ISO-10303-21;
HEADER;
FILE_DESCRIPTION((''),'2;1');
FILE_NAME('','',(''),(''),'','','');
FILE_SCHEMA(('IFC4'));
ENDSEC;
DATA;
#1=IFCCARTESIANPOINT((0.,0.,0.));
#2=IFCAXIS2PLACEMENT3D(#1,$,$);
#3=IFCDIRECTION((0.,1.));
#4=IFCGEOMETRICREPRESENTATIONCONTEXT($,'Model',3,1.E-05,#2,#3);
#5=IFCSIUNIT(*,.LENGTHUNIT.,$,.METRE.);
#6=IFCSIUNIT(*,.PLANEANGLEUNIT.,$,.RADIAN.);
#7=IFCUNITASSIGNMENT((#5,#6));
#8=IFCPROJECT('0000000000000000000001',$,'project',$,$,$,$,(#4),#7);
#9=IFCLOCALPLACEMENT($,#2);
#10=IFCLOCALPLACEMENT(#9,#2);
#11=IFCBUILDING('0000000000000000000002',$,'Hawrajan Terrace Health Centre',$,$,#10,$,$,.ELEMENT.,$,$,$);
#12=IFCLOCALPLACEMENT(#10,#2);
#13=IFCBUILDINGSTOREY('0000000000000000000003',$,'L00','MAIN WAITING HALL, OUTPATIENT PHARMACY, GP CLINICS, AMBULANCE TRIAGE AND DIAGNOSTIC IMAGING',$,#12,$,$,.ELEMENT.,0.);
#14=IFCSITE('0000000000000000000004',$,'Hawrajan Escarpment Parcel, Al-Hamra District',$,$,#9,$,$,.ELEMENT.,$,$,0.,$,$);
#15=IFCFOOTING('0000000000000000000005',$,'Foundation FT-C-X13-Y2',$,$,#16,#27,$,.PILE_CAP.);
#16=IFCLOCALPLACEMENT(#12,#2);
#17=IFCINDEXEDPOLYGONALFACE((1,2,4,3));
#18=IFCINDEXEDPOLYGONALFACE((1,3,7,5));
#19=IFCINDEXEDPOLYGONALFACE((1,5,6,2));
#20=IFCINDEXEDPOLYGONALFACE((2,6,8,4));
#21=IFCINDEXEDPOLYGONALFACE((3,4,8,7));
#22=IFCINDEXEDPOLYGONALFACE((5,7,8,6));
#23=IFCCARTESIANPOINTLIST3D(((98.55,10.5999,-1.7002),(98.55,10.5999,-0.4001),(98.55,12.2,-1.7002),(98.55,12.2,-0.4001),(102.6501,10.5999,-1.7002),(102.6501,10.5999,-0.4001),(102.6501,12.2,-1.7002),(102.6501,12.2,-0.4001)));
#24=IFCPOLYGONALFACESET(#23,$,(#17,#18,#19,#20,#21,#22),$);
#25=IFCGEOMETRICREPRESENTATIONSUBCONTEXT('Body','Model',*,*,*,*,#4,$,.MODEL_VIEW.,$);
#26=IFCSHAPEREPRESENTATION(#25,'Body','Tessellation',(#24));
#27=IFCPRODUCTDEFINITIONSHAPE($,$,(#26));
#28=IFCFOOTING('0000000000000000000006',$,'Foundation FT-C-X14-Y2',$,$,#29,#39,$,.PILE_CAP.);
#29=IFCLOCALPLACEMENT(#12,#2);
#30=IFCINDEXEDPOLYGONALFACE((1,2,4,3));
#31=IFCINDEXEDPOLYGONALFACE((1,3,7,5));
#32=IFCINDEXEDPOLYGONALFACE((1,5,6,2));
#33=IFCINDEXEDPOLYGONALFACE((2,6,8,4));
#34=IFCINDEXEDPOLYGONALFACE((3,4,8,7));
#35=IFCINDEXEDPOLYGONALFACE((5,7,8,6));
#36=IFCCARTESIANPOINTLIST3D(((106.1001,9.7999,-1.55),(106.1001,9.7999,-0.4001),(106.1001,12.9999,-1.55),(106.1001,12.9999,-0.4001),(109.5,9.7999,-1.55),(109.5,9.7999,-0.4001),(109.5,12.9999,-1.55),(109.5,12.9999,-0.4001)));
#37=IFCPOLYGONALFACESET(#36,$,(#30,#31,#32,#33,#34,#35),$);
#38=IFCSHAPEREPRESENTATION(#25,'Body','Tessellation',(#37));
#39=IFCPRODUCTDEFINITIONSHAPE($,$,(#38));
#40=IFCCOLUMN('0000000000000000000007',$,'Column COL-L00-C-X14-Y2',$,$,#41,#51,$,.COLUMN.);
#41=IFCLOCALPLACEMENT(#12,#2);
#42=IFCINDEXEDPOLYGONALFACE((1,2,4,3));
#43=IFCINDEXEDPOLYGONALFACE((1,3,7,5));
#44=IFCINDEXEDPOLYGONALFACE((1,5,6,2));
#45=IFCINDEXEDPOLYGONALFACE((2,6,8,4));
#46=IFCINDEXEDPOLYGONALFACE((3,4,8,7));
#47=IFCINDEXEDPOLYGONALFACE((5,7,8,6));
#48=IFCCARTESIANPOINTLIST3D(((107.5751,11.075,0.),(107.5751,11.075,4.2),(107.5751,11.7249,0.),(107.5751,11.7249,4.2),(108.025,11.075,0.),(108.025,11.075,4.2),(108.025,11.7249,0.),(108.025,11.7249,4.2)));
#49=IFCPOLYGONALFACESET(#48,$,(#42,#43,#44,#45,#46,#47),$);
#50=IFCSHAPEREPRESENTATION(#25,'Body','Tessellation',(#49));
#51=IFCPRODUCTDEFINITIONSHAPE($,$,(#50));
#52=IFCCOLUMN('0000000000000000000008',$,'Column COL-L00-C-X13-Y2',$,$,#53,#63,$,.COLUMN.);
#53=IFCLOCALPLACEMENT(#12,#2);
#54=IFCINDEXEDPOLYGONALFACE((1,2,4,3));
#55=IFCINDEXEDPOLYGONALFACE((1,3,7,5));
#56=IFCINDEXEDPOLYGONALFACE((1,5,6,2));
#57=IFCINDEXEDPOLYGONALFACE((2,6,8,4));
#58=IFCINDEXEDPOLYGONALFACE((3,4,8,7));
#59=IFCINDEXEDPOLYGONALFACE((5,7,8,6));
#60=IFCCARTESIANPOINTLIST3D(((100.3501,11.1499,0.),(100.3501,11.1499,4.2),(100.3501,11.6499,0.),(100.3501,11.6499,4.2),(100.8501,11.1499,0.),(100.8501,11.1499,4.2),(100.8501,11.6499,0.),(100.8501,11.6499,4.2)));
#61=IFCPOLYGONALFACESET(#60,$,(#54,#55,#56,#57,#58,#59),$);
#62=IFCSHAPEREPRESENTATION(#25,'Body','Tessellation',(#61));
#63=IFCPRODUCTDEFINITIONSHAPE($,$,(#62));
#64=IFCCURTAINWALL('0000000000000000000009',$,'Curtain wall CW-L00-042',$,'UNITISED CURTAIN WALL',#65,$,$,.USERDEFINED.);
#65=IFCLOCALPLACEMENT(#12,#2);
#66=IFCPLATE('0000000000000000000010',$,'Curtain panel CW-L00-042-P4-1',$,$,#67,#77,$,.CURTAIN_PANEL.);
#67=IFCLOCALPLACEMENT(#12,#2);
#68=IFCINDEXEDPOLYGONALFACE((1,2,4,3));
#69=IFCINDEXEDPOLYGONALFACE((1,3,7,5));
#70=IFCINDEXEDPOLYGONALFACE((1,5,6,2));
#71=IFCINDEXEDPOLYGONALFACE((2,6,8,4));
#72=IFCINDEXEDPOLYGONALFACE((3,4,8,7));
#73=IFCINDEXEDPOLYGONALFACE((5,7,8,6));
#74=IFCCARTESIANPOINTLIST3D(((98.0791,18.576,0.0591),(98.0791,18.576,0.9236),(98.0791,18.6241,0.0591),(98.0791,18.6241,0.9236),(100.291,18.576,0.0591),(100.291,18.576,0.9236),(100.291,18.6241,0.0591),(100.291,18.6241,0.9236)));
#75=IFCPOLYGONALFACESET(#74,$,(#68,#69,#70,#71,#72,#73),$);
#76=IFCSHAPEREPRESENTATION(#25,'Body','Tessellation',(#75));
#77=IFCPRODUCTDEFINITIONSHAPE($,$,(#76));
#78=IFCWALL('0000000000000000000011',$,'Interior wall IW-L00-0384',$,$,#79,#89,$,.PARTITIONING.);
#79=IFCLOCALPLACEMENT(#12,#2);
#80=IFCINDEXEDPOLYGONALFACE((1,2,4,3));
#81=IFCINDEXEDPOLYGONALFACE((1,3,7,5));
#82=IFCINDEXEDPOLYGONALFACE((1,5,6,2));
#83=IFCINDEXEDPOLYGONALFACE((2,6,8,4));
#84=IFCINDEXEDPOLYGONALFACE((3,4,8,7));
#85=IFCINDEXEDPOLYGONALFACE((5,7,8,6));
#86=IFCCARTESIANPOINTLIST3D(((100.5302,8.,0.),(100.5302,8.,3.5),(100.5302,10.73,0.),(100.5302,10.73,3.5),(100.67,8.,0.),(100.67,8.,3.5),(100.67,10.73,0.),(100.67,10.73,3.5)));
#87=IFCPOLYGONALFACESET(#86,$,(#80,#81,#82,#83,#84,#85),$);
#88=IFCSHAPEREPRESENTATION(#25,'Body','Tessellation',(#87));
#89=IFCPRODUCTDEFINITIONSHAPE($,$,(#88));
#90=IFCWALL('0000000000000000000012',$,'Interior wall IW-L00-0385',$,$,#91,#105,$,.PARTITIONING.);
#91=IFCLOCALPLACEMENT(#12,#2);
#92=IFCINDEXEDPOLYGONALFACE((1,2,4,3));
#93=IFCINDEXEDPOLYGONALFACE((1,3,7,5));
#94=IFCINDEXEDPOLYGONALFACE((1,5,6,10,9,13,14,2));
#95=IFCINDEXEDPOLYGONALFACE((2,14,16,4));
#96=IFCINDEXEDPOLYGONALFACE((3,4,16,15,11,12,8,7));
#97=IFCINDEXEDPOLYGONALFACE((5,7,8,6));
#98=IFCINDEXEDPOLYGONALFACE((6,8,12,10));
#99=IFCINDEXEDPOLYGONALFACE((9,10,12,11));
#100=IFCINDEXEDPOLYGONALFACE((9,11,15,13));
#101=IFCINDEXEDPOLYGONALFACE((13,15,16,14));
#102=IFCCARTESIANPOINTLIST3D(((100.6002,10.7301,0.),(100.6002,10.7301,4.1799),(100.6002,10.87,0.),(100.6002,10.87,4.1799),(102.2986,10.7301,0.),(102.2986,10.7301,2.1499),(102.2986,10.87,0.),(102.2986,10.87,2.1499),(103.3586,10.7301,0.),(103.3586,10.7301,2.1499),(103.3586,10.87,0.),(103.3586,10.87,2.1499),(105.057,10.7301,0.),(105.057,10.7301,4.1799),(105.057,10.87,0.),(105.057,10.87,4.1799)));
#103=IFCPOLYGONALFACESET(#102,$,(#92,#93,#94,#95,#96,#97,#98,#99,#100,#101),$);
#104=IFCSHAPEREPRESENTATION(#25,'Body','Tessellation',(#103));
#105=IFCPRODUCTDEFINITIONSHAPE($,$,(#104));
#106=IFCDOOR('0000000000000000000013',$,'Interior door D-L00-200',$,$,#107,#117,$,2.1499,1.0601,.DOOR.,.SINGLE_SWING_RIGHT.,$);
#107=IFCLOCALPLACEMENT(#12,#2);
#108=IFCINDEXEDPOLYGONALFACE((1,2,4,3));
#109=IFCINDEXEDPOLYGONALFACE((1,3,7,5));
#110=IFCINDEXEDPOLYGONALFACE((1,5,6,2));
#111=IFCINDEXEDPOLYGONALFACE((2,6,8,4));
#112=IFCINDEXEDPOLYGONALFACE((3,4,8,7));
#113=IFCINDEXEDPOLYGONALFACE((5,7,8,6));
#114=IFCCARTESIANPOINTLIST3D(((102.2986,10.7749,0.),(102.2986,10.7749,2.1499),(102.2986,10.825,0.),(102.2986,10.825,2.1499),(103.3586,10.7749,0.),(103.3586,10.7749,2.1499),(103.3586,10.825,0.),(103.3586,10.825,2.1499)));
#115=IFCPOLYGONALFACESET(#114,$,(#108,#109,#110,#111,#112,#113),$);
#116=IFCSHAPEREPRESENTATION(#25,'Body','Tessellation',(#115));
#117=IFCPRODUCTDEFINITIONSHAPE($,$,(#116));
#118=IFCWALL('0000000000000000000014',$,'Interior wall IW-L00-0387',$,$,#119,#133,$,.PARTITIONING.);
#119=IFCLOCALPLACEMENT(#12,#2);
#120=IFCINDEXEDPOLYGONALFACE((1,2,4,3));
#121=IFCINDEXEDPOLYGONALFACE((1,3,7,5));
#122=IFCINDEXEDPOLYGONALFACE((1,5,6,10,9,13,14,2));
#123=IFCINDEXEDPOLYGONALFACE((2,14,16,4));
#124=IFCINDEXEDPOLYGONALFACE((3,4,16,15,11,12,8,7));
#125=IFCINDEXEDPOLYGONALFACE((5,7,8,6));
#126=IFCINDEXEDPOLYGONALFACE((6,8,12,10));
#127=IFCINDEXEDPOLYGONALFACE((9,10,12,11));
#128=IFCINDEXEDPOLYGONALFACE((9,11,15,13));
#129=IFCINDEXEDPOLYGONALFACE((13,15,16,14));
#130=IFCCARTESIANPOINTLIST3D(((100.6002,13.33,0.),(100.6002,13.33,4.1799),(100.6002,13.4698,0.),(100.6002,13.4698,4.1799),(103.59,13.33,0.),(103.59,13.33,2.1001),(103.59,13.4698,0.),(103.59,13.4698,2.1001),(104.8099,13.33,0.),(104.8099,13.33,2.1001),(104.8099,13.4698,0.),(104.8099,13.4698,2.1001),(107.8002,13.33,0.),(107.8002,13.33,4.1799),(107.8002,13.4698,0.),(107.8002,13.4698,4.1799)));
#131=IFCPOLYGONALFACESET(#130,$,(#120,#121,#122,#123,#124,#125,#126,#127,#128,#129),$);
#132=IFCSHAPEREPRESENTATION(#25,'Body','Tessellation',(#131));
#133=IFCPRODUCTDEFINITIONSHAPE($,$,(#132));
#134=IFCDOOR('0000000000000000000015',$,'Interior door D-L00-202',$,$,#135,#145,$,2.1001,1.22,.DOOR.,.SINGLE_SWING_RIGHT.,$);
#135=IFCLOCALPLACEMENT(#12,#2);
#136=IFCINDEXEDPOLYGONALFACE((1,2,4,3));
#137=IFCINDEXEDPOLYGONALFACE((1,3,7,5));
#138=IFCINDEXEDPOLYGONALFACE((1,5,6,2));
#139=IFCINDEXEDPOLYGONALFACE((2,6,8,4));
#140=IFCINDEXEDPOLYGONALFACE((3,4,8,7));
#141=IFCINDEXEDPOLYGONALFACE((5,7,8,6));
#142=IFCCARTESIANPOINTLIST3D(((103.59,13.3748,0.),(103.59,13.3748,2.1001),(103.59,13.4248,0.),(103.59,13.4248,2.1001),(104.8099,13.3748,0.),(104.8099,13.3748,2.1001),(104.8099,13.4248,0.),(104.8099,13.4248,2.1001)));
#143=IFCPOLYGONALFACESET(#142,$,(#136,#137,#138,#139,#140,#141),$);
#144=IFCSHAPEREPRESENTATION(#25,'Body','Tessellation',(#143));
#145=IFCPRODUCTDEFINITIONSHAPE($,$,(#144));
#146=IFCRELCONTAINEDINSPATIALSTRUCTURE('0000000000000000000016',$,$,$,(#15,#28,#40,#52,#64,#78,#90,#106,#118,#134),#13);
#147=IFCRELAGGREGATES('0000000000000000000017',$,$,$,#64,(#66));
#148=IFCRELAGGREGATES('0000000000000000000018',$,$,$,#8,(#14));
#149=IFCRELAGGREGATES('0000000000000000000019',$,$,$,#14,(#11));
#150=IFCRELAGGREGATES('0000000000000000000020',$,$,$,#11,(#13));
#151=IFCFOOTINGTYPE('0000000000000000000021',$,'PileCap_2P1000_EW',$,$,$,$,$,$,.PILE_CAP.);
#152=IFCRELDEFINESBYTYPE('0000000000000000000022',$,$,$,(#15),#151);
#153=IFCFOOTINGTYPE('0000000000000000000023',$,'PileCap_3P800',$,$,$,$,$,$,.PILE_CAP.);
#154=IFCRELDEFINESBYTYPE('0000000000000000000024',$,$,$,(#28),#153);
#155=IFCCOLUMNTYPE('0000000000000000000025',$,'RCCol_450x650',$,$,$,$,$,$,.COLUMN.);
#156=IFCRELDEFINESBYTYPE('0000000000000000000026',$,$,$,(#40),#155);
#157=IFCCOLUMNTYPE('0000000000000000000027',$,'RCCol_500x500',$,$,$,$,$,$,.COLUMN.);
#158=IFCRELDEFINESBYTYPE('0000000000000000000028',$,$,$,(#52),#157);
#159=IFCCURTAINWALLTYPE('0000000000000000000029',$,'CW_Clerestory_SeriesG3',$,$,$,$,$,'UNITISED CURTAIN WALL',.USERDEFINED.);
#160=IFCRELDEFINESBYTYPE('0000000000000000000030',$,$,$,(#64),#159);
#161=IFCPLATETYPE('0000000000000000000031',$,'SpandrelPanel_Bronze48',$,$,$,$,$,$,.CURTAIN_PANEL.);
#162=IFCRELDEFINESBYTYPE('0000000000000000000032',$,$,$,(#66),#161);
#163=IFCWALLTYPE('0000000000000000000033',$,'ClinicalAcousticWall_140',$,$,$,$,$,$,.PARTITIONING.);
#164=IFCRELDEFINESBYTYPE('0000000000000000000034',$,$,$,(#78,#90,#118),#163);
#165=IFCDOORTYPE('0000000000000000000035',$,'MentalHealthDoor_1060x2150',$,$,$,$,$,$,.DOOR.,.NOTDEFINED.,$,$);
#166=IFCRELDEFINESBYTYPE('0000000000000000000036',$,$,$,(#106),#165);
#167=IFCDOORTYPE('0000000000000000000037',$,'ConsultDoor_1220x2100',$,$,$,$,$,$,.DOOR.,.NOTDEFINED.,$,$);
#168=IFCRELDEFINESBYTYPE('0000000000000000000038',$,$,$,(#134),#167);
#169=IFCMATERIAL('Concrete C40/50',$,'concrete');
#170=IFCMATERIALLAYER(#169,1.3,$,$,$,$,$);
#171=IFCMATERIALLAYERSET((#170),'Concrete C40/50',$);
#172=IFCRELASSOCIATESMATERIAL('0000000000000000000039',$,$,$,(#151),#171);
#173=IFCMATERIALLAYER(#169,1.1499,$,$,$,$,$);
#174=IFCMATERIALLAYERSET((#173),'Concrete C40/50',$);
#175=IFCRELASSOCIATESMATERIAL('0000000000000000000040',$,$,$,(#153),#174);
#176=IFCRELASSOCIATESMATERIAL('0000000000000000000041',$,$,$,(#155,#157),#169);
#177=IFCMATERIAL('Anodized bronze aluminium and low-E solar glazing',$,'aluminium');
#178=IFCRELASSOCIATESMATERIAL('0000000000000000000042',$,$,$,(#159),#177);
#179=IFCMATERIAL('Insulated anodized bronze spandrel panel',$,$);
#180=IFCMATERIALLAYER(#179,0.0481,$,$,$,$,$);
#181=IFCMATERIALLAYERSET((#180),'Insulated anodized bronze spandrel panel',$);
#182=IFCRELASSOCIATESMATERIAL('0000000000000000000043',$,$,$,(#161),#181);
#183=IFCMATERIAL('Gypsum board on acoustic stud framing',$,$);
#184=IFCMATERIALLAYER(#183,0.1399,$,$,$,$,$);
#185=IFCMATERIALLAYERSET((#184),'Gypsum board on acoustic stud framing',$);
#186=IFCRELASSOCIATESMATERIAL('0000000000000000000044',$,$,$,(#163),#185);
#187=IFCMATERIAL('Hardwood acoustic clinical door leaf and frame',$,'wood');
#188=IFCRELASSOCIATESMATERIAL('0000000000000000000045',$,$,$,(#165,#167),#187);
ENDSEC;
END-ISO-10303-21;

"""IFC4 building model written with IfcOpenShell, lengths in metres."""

from ifc_helpers import new_model, si_unit, direction, frame, frame_2d, origin, origin_2d, place, context, subcontext, project, spatial, rectangle, extrude, material, layer, layer_set, material_profile, profile_set, type_object, element, fill, aggregate, save


model = new_model("IFC4")

# Units and contexts
model_context = context("Model", 3, precision=1e-05, world=origin(), true_north=direction((0.0, 1.0)))
body_context = subcontext(model_context, "Body", "Model", "MODEL_VIEW")
ifc_project = project(units=[si_unit("LENGTHUNIT", "METRE"), si_unit("PLANEANGLEUNIT", "RADIAN")], contexts=[model_context])

# Site, building, storey
site_placement = place(None, origin())
site = spatial("IfcSite", under=ifc_project, at=site_placement, Name="Hawrajan Escarpment Parcel, Al-Hamra District", CompositionType="ELEMENT", RefElevation=0.0)
building_placement = place(site_placement, origin())
building = spatial("IfcBuilding", under=site, at=building_placement, Name="Hawrajan Terrace Health Centre", CompositionType="ELEMENT")
storey_placement = place(building_placement, origin())
storey = spatial("IfcBuildingStorey", under=building, at=storey_placement, Name="L00", Description="MAIN WAITING HALL, OUTPATIENT PHARMACY, GP CLINICS, AMBULANCE TRIAGE AND DIAGNOSTIC IMAGING", CompositionType="ELEMENT", Elevation=0.0)

# Shared definitions
ifc_material_1 = material(Name="Concrete C40/50", Category="concrete")

# Footings
ifc_layer_1 = layer(ifc_material_1, 1.3)
ifc_layer_set_1 = layer_set([ifc_layer_1], Name="Concrete C40/50")
footing_type_1 = type_object("IfcFootingType", Name="PileCap_2P1000_EW", PredefinedType="PILE_CAP", material=ifc_layer_set_1)
footing_1_placement = place(storey_placement, frame((100.6001, 11.3999, -1.7002), z_axis=(0.0, 0.0, 1.0), x_axis=(1.0, 0.0, 0.0)))
element("IfcFooting", 1, at=footing_1_placement, inside=storey, type_object=footing_type_1, Name="Foundation FT-C-X13-Y2", PredefinedType="PILE_CAP", context=body_context, shape_type="SweptSolid", body=[
    extrude(rectangle(XDim=4.1001, YDim=1.6001, at=origin_2d()), origin(), (0.0, 0.0, 1.0), 1.3),
])
ifc_layer_2 = layer(ifc_material_1, 1.1499)
ifc_layer_set_2 = layer_set([ifc_layer_2], Name="Concrete C40/50")
footing_type_2 = type_object("IfcFootingType", Name="PileCap_3P800", PredefinedType="PILE_CAP", material=ifc_layer_set_2)
footing_2_placement = place(storey_placement, frame((107.8, 11.3999, -1.55), z_axis=(0.0, 0.0, 1.0), x_axis=(1.0, 0.0, 0.0)))
element("IfcFooting", 2, at=footing_2_placement, inside=storey, type_object=footing_type_2, Name="Foundation FT-C-X14-Y2", PredefinedType="PILE_CAP", context=body_context, shape_type="SweptSolid", body=[
    extrude(rectangle(XDim=3.3999, YDim=3.2, at=origin_2d()), origin(), (0.0, 0.0, 1.0), 1.1499),
])

# Columns
ifc_material_profile_1 = material_profile(ifc_material_1, rectangle(XDim=0.45, YDim=0.6499, at=origin_2d()), Name="RC 450x650")
ifc_profile_set_1 = profile_set([ifc_material_profile_1], Name="Concrete C40/50")
column_type_1 = type_object("IfcColumnType", Name="RCCol_450x650", PredefinedType="COLUMN", material=ifc_profile_set_1)
column_1_placement = place(storey_placement, frame((107.8, 11.3999, 0.0), z_axis=(0.0, 0.0, 1.0), x_axis=(1.0, 0.0, 0.0)))
element("IfcColumn", 3, at=column_1_placement, inside=storey, type_object=column_type_1, Name="Column COL-L00-C-X14-Y2", PredefinedType="COLUMN", context=body_context, shape_type="SweptSolid", body=[
    extrude(rectangle(XDim=0.45, YDim=0.6499, at=origin_2d()), origin(), (0.0, 0.0, 1.0), 4.2),
])
ifc_material_profile_2 = material_profile(ifc_material_1, rectangle(XDim=0.5, YDim=0.5, at=origin_2d()), Name="RC 500x500")
ifc_profile_set_2 = profile_set([ifc_material_profile_2], Name="Concrete C40/50")
column_type_2 = type_object("IfcColumnType", Name="RCCol_500x500", PredefinedType="COLUMN", material=ifc_profile_set_2)
column_2_placement = place(storey_placement, frame((100.6001, 11.3999, 0.0), z_axis=(0.0, 0.0, 1.0), x_axis=(1.0, 0.0, 0.0)))
element("IfcColumn", 4, at=column_2_placement, inside=storey, type_object=column_type_2, Name="Column COL-L00-C-X13-Y2", PredefinedType="COLUMN", context=body_context, shape_type="SweptSolid", body=[
    extrude(rectangle(XDim=0.5, YDim=0.5, at=origin_2d()), origin(), (0.0, 0.0, 1.0), 4.2),
])

# Curtain wall, plate
ifc_material_2 = material(Name="Anodized bronze aluminium and low-E solar glazing", Category="aluminium")
curtain_wall_type = type_object("IfcCurtainWallType", Name="CW_Clerestory_SeriesG3", ElementType="UNITISED CURTAIN WALL", PredefinedType="USERDEFINED", material=ifc_material_2)
curtain_wall_placement = place(storey_placement, origin())
curtain_wall = element("IfcCurtainWall", 5, at=curtain_wall_placement, inside=storey, type_object=curtain_wall_type, Name="Curtain wall CW-L00-042", ObjectType="UNITISED CURTAIN WALL", PredefinedType="USERDEFINED")
ifc_material_3 = material(Name="Insulated anodized bronze spandrel panel")
ifc_layer_3 = layer(ifc_material_3, 0.0481)
ifc_layer_set_3 = layer_set([ifc_layer_3], Name="Insulated anodized bronze spandrel panel")
plate_type = type_object("IfcPlateType", Name="SpandrelPanel_Bronze48", PredefinedType="CURTAIN_PANEL", material=ifc_layer_set_3)
plate_placement = place(storey_placement, frame((99.1851, 18.6001, 0.0591), z_axis=(0.0, 0.0, 1.0), x_axis=(1.0, 0.0, 0.0)))
plate = element("IfcPlate", 6, at=plate_placement, type_object=plate_type, Name="Curtain panel CW-L00-042-P4-1", PredefinedType="CURTAIN_PANEL", context=body_context, shape_type="SweptSolid", body=[
    extrude(rectangle(XDim=2.2119, YDim=0.0481, at=origin_2d()), origin(), (0.0, 0.0, 1.0), 0.8645),
])
aggregate(curtain_wall, [plate])

# Wall
ifc_material_4 = material(Name="Gypsum board on acoustic stud framing")
ifc_layer_4 = layer(ifc_material_4, 0.1399)
ifc_layer_set_4 = layer_set([ifc_layer_4], Name="Gypsum board on acoustic stud framing")
wall_type_1 = type_object("IfcWallType", Name="ClinicalAcousticWall_140", PredefinedType="PARTITIONING", material=ifc_layer_set_4)
wall_1_placement = place(storey_placement, frame((100.6001, 8.0, 0.0), z_axis=(0.0, 0.0, 1.0), x_axis=(0.0, 1.0, 0.0)))
element("IfcWall", 7, at=wall_1_placement, inside=storey, type_object=wall_type_1, Name="Interior wall IW-L00-0384", PredefinedType="PARTITIONING", context=body_context, shape_type="SweptSolid", body=[
    extrude(rectangle(XDim=2.73, YDim=0.1399, at=frame_2d((1.365, 0.0))), origin(), (0.0, 0.0, 1.0), 3.5),
])

# Wall, opening, door
wall_2_placement = place(storey_placement, frame((100.6001, 10.8, 0.0), z_axis=(0.0, 0.0, 1.0), x_axis=(1.0, 0.0, 0.0)))
wall_2 = element("IfcWall", 8, at=wall_2_placement, inside=storey, type_object=wall_type_1, Name="Interior wall IW-L00-0385", PredefinedType="PARTITIONING", context=body_context, shape_type="SweptSolid", body=[
    extrude(rectangle(XDim=4.4568, YDim=0.1399, at=frame_2d((2.2285, 0.0))), origin(), (0.0, 0.0, 1.0), 4.1799),
])
opening_1_placement = place(wall_2_placement, frame((1.6985, 0.0, 0.0)))
opening_1 = element("IfcOpeningElement", 9, at=opening_1_placement, cuts=wall_2, PredefinedType="OPENING", context=body_context, shape_type="SweptSolid", body=[
    extrude(rectangle(XDim=1.0601, YDim=2.1499, at=frame_2d((0.53, 1.075))), frame((0.0, 0.0798, 0.0), z_axis=(0.0, -1.0, 0.0), x_axis=(1.0, 0.0, 0.0)), (0.0, 0.0, 1.0), 0.1599),
])
ifc_material_5 = material(Name="Hardwood acoustic clinical door leaf and frame", Category="wood")
door_type_1 = type_object("IfcDoorType", Name="MentalHealthDoor_1060x2150", OperationType="NOTDEFINED", PredefinedType="DOOR", material=ifc_material_5)
door_1_placement = place(opening_1_placement, origin())
door_1 = element("IfcDoor", 10, at=door_1_placement, inside=storey, type_object=door_type_1, Name="Interior door D-L00-200", OperationType="SINGLE_SWING_RIGHT", OverallHeight=2.1499, OverallWidth=1.0601, PredefinedType="DOOR", context=body_context, shape_type="SweptSolid", body=[
    extrude(rectangle(XDim=1.0601, YDim=2.1499, at=frame_2d((0.53, 1.075))), frame((0.0, 0.0249, 0.0), z_axis=(0.0, -1.0, 0.0), x_axis=(1.0, 0.0, 0.0)), (0.0, 0.0, 1.0), 0.05),
])
fill(opening_1, door_1)

# Wall, opening, door
wall_3_placement = place(storey_placement, frame((100.6001, 13.3999, 0.0), z_axis=(0.0, 0.0, 1.0), x_axis=(1.0, 0.0, 0.0)))
wall_3 = element("IfcWall", 11, at=wall_3_placement, inside=storey, type_object=wall_type_1, Name="Interior wall IW-L00-0387", PredefinedType="PARTITIONING", context=body_context, shape_type="SweptSolid", body=[
    extrude(rectangle(XDim=7.2, YDim=0.1399, at=frame_2d((3.6001, 0.0))), origin(), (0.0, 0.0, 1.0), 4.1799),
])
opening_2_placement = place(wall_3_placement, frame((2.99, 0.0, 0.0)))
opening_2 = element("IfcOpeningElement", 12, at=opening_2_placement, cuts=wall_3, PredefinedType="OPENING", context=body_context, shape_type="SweptSolid", body=[
    extrude(rectangle(XDim=1.22, YDim=2.1001, at=frame_2d((0.6099, 1.05))), frame((0.0, 0.0798, 0.0), z_axis=(0.0, -1.0, 0.0), x_axis=(1.0, 0.0, 0.0)), (0.0, 0.0, 1.0), 0.1599),
])
door_type_2 = type_object("IfcDoorType", Name="ConsultDoor_1220x2100", OperationType="NOTDEFINED", PredefinedType="DOOR", material=ifc_material_5)
door_2_placement = place(opening_2_placement, origin())
door_2 = element("IfcDoor", 13, at=door_2_placement, inside=storey, type_object=door_type_2, Name="Interior door D-L00-202", OperationType="SINGLE_SWING_RIGHT", OverallHeight=2.1001, OverallWidth=1.22, PredefinedType="DOOR", context=body_context, shape_type="SweptSolid", body=[
    extrude(rectangle(XDim=1.22, YDim=2.1001, at=frame_2d((0.6099, 1.05))), frame((0.0, 0.0249, 0.0), z_axis=(0.0, -1.0, 0.0), x_axis=(1.0, 0.0, 0.0)), (0.0, 0.0, 1.0), 0.05),
])
fill(opening_2, door_2)

save(model, "model.ifc")
